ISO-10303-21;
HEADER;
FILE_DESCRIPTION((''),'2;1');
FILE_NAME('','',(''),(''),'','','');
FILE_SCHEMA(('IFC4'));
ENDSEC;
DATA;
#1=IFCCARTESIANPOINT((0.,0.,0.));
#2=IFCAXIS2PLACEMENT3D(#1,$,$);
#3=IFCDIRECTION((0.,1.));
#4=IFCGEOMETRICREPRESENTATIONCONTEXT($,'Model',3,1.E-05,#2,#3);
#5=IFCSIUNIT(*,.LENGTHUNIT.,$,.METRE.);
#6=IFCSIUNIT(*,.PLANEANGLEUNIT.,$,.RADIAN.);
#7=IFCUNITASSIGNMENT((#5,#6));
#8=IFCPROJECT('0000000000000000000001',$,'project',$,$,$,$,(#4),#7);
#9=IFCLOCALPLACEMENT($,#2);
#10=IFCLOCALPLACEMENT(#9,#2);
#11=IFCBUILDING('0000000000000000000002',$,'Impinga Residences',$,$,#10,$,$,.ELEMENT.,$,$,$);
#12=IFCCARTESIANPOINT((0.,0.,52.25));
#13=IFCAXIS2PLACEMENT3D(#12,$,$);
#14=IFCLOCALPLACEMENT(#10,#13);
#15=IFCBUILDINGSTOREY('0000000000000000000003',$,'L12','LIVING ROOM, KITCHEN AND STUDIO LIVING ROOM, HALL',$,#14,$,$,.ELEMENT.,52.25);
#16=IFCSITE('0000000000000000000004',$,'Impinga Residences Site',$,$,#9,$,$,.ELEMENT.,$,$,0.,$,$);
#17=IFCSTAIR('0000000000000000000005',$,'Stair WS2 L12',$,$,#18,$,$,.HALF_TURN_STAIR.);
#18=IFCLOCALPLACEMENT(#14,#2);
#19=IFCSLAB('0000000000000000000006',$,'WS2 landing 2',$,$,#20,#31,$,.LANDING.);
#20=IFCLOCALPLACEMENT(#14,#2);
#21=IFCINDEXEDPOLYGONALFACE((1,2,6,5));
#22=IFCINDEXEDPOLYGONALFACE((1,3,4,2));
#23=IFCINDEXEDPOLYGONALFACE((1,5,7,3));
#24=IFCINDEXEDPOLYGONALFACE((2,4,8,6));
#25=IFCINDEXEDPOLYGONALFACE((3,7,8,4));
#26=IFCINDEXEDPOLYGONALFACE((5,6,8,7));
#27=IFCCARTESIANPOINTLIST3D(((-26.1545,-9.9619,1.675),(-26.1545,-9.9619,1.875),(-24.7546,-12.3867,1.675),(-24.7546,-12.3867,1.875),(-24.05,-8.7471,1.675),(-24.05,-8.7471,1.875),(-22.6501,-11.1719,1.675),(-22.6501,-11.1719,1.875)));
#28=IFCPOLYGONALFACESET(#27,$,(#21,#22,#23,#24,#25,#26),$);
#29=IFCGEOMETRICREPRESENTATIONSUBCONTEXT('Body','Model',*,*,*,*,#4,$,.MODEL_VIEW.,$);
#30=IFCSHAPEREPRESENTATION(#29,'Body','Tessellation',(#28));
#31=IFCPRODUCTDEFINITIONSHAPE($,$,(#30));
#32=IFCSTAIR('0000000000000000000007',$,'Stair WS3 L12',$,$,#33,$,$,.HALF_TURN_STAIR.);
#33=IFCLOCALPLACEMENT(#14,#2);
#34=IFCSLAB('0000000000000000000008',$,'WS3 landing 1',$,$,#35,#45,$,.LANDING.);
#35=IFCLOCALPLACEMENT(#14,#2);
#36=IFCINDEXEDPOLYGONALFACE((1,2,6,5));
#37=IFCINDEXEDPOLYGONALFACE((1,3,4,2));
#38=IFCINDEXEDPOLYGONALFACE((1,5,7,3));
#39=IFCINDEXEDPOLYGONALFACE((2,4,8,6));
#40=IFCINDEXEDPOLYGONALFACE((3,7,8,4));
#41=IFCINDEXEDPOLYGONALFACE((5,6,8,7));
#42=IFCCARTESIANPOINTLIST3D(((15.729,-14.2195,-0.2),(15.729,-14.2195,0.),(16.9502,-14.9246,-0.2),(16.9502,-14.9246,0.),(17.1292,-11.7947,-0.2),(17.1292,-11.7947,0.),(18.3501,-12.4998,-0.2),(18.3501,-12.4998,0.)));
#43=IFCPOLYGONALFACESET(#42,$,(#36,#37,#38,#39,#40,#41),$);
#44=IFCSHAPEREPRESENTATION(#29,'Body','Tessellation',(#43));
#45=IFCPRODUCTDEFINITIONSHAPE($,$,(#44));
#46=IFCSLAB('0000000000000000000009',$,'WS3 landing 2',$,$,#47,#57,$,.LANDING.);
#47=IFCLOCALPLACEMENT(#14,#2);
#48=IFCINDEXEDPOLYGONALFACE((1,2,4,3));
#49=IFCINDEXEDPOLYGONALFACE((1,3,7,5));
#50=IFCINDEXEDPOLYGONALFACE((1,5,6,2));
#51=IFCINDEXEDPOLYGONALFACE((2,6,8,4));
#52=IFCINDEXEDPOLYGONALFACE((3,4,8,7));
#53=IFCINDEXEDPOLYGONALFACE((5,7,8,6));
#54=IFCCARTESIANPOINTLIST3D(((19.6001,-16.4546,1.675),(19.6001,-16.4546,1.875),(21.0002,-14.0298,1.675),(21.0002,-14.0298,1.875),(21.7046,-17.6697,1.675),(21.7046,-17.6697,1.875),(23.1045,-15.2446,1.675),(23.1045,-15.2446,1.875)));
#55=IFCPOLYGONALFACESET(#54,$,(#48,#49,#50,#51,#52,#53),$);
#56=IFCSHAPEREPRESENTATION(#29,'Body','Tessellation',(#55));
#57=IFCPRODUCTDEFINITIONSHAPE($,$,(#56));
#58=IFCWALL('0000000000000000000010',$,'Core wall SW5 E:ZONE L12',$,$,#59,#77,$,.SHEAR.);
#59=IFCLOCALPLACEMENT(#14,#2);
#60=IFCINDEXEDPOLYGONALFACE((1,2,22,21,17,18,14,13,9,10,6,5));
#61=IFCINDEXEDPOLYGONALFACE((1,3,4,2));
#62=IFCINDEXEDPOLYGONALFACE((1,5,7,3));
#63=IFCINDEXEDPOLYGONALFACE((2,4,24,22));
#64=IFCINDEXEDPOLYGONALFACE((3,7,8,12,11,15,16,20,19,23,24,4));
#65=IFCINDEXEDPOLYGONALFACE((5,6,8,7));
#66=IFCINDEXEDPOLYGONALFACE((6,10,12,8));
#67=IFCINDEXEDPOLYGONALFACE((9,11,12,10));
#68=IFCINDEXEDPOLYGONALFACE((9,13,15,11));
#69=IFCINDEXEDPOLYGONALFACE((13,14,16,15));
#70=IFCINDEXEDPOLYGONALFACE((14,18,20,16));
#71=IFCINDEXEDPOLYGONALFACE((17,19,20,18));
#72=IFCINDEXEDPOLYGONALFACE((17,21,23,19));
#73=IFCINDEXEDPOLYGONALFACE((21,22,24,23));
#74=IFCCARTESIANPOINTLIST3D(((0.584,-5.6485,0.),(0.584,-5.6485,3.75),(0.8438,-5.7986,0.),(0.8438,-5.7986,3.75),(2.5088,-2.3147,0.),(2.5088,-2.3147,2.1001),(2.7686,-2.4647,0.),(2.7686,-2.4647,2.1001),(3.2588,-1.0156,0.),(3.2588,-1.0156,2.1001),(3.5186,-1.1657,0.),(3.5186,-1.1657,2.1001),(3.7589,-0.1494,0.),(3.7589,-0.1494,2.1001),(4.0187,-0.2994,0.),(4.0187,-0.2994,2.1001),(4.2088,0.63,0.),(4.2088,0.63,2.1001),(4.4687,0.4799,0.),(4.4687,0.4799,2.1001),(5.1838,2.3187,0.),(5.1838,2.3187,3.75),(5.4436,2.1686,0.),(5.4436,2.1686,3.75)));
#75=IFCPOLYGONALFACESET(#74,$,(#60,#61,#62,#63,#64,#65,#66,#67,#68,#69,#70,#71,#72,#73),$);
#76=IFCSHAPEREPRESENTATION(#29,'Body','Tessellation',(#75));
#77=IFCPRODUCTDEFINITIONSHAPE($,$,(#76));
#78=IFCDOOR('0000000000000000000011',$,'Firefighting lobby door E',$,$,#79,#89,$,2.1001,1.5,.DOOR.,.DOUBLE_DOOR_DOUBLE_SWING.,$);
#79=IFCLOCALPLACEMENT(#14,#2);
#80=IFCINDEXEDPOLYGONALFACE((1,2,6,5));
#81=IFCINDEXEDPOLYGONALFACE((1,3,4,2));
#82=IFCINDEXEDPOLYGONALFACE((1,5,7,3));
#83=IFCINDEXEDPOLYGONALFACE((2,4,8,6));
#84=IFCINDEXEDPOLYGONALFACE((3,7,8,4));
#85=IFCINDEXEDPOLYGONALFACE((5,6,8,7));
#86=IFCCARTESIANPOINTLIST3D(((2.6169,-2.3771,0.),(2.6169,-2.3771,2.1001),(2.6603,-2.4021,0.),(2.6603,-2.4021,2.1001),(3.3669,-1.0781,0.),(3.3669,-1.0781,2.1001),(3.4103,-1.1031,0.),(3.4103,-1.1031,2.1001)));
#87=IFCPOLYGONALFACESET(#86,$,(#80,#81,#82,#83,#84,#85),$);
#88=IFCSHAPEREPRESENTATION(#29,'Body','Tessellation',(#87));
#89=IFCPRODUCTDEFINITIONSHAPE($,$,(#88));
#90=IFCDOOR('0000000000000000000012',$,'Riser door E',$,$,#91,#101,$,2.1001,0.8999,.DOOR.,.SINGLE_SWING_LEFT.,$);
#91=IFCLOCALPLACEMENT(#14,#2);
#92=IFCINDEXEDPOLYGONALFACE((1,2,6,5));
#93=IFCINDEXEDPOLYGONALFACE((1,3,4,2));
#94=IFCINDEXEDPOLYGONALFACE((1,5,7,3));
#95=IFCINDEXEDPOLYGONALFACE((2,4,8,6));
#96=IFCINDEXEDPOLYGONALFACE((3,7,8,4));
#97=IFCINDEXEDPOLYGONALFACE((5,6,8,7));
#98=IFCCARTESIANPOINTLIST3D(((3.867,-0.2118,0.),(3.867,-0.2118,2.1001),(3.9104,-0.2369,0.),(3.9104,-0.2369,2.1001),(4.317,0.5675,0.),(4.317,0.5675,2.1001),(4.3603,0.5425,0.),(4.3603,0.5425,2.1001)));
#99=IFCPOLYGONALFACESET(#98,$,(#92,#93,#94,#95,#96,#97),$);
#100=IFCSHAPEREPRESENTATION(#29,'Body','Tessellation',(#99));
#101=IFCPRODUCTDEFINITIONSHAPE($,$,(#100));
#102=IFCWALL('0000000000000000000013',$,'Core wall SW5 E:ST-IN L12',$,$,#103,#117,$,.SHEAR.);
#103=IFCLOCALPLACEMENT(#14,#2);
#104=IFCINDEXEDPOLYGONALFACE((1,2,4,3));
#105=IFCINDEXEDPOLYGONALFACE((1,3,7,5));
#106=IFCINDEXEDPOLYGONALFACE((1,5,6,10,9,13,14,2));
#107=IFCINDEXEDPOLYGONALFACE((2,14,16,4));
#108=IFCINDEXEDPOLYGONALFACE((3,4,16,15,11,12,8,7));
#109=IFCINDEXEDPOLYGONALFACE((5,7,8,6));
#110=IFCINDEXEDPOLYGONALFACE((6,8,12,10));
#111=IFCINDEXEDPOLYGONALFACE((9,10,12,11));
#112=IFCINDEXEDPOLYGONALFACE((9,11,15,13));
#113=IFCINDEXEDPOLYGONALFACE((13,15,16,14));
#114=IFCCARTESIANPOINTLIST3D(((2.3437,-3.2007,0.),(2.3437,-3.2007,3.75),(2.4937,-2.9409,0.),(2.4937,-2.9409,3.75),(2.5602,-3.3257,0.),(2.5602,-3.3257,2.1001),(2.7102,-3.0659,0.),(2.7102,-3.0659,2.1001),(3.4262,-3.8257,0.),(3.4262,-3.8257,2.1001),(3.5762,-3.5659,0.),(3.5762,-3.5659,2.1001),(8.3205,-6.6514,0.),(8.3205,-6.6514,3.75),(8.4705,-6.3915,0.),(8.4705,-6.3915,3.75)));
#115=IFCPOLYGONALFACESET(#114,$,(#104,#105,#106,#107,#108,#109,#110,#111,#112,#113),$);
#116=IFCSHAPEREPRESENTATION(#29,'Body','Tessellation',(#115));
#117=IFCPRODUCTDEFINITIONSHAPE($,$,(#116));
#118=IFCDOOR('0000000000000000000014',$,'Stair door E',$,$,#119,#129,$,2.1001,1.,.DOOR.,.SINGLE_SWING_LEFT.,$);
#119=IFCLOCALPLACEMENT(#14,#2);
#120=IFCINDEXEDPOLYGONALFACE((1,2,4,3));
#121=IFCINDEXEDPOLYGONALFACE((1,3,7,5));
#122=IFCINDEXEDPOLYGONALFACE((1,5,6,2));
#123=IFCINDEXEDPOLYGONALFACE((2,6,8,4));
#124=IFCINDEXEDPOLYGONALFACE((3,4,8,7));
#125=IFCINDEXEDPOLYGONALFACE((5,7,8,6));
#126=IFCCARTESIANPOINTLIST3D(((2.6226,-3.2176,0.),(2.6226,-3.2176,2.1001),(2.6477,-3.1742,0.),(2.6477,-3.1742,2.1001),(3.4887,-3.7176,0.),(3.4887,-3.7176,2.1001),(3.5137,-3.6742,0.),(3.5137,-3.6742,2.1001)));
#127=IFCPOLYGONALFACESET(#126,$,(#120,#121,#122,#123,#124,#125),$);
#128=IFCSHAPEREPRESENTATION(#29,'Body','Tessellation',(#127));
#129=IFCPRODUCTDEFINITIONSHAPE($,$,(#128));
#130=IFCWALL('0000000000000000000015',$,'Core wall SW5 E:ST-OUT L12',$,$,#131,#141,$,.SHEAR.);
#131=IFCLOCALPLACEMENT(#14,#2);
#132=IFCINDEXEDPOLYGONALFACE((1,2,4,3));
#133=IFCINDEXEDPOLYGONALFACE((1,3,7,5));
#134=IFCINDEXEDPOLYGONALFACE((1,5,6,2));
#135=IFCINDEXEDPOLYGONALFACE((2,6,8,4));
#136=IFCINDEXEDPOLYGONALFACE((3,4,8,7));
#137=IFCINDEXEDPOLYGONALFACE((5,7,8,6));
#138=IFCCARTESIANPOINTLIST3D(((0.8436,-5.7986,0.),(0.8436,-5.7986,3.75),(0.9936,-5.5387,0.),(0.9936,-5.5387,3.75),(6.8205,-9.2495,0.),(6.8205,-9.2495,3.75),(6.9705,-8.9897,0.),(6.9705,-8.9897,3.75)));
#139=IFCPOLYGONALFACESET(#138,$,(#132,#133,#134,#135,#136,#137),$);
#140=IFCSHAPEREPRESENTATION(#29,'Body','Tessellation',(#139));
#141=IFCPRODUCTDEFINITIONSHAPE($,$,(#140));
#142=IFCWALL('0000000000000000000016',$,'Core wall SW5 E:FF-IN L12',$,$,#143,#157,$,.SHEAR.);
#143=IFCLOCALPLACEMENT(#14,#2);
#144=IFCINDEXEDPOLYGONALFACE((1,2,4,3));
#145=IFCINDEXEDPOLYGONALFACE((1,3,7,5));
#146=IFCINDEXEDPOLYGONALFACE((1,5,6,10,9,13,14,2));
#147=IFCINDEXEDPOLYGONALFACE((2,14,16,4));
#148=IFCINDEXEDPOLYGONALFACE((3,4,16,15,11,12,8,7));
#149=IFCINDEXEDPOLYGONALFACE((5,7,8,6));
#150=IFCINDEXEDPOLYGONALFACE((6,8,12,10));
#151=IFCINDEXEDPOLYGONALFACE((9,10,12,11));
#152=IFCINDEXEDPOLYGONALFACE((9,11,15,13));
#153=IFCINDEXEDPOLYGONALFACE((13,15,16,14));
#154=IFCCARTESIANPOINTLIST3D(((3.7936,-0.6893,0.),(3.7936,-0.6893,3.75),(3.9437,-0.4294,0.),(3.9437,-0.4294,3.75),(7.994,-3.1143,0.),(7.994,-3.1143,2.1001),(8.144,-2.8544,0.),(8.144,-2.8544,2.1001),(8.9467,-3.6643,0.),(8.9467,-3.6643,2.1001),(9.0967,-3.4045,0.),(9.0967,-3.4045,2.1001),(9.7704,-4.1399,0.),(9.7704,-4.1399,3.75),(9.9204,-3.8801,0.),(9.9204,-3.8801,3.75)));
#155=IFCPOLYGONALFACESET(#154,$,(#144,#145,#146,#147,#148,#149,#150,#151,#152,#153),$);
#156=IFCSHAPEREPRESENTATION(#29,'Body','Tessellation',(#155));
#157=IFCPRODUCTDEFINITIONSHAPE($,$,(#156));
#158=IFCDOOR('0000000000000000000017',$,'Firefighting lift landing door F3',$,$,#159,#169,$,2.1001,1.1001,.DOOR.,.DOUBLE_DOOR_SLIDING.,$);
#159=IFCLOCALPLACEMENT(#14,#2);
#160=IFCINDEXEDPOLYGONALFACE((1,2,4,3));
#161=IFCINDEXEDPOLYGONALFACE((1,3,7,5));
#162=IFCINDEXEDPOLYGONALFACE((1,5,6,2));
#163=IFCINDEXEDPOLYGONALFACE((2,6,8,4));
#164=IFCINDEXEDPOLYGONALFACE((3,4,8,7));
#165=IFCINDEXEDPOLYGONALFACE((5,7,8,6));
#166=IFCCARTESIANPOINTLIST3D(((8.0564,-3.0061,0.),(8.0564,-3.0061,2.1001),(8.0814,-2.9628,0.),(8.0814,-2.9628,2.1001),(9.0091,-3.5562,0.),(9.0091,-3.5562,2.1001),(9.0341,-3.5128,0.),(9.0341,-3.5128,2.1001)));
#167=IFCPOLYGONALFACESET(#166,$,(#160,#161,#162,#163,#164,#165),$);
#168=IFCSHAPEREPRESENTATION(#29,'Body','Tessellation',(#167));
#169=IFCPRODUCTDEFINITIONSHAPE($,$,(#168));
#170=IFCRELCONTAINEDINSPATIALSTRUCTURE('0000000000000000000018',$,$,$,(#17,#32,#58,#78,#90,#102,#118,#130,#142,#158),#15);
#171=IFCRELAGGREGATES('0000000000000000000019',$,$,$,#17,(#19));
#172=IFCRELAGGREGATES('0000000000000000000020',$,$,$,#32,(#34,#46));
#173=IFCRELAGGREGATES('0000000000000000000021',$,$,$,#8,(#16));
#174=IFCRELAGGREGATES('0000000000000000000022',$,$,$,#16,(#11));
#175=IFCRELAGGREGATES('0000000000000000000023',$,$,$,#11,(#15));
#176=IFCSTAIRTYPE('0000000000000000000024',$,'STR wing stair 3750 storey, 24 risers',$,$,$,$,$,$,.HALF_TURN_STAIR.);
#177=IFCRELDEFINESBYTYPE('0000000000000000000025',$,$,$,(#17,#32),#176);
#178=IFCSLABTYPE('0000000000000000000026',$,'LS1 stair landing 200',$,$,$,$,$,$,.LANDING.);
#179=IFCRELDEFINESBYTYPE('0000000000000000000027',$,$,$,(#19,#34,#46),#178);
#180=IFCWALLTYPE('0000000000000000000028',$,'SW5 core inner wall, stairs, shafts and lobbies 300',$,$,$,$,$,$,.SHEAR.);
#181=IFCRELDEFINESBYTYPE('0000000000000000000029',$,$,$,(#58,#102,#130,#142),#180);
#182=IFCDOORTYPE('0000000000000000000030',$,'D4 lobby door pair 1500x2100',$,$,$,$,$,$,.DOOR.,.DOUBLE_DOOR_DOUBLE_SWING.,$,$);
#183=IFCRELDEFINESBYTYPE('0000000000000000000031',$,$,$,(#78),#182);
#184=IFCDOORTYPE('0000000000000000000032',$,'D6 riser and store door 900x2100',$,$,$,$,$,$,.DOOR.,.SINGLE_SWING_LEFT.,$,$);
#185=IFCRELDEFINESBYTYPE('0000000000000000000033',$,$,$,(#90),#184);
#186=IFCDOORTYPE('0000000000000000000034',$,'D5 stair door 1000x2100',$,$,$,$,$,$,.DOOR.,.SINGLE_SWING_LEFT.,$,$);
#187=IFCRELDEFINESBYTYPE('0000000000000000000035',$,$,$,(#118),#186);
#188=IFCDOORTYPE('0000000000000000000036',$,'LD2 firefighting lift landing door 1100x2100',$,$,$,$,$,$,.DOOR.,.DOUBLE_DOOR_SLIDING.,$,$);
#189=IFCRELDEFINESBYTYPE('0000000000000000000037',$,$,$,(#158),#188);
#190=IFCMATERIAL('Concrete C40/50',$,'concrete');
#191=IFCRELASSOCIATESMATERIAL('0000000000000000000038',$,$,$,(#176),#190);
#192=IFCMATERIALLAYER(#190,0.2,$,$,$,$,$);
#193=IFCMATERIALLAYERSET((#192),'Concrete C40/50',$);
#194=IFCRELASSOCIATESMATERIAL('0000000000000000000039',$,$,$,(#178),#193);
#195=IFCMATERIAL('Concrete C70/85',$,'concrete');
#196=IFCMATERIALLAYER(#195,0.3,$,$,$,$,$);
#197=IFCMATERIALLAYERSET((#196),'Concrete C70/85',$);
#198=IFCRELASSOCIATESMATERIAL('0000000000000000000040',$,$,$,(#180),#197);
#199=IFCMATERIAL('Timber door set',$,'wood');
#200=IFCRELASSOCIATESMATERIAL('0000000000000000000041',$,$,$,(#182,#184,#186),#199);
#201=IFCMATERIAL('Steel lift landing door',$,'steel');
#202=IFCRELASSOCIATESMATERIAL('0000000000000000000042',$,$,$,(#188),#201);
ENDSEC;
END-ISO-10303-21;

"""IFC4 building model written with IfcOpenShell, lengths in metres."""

from ifc_helpers import new_model, si_unit, direction, frame, frame_2d, origin, place, context, subcontext, project, spatial, polyline, rectangle, outline, extrude, material, layer, layer_set, type_object, element, fill, aggregate, save


model = new_model("IFC4")

# Units and contexts
model_context = context("Model", 3, precision=1e-05, world=origin(), true_north=direction((0.0, 1.0)))
body_context = subcontext(model_context, "Body", "Model", "MODEL_VIEW")
ifc_project = project(units=[si_unit("LENGTHUNIT", "METRE"), si_unit("PLANEANGLEUNIT", "RADIAN")], contexts=[model_context])

# Site, building, storey
site_placement = place(None, origin())
site = spatial("IfcSite", under=ifc_project, at=site_placement, Name="Impinga Residences Site", CompositionType="ELEMENT", RefElevation=0.0)
building_placement = place(site_placement, origin())
building = spatial("IfcBuilding", under=site, at=building_placement, Name="Impinga Residences", CompositionType="ELEMENT")
storey_placement = place(building_placement, frame((0.0, 0.0, 52.25)))
storey = spatial("IfcBuildingStorey", under=building, at=storey_placement, Name="L12", Description="LIVING ROOM, KITCHEN AND STUDIO LIVING ROOM, HALL", CompositionType="ELEMENT", Elevation=52.25)

# Stair, slab
ifc_material_1 = material(Name="Concrete C40/50", Category="concrete")
stair_type_1 = type_object("IfcStairType", Name="STR wing stair 3750 storey, 24 risers", PredefinedType="HALF_TURN_STAIR", material=ifc_material_1)
stair_1_placement = place(storey_placement, origin())
stair_1 = element("IfcStair", 1, at=stair_1_placement, inside=storey, type_object=stair_type_1, Name="Stair WS2 L12", PredefinedType="HALF_TURN_STAIR")
ifc_layer_1 = layer(ifc_material_1, 0.2)
ifc_layer_set_1 = layer_set([ifc_layer_1], Name="Concrete C40/50")
slab_type = type_object("IfcSlabType", Name="LS1 stair landing 200", PredefinedType="LANDING", material=ifc_layer_set_1)
slab_1_placement = place(storey_placement, frame((0.0, 0.0, 1.675)))
slab_1 = element("IfcSlab", 2, at=slab_1_placement, type_object=slab_type, Name="WS2 landing 2", PredefinedType="LANDING", context=body_context, shape_type="SweptSolid", body=[
    extrude(outline(polyline([(-22.6501, -11.1719), (-24.05, -8.7471), (-26.1545, -9.9619), (-24.7546, -12.3867), (-22.6501, -11.1719)])), origin(), (0.0, 0.0, 1.0), 0.2),
])
aggregate(stair_1, [slab_1])

# Stair, slabs
stair_2_placement = place(storey_placement, origin())
stair_2 = element("IfcStair", 3, at=stair_2_placement, inside=storey, type_object=stair_type_1, Name="Stair WS3 L12", PredefinedType="HALF_TURN_STAIR")
slab_2_placement = place(storey_placement, frame((0.0, 0.0, -0.2)))
slab_2 = element("IfcSlab", 4, at=slab_2_placement, type_object=slab_type, Name="WS3 landing 1", PredefinedType="LANDING", context=body_context, shape_type="SweptSolid", body=[
    extrude(outline(polyline([(17.1292, -11.7947), (15.729, -14.2195), (16.9502, -14.9246), (18.3501, -12.4998), (17.1292, -11.7947)])), origin(), (0.0, 0.0, 1.0), 0.2),
])
slab_3_placement = place(storey_placement, frame((0.0, 0.0, 1.675)))
slab_3 = element("IfcSlab", 5, at=slab_3_placement, type_object=slab_type, Name="WS3 landing 2", PredefinedType="LANDING", context=body_context, shape_type="SweptSolid", body=[
    extrude(outline(polyline([(21.0002, -14.0298), (19.6001, -16.4546), (21.7046, -17.6697), (23.1045, -15.2446), (21.0002, -14.0298)])), origin(), (0.0, 0.0, 1.0), 0.2),
])
aggregate(stair_2, [slab_2, slab_3])

# Wall, openings, doors
ifc_material_2 = material(Name="Concrete C70/85", Category="concrete")
ifc_layer_2 = layer(ifc_material_2, 0.3)
ifc_layer_set_2 = layer_set([ifc_layer_2], Name="Concrete C70/85")
wall_type = type_object("IfcWallType", Name="SW5 core inner wall, stairs, shafts and lobbies 300", PredefinedType="SHEAR", material=ifc_layer_set_2)
wall_1_placement = place(storey_placement, frame((5.3137, 2.2437, 0.0), z_axis=(0.0, 0.0, 1.0), x_axis=(-0.499995, -0.866028, 0.0)))
wall_1 = element("IfcWall", 6, at=wall_1_placement, inside=storey, type_object=wall_type, Name="Core wall SW5 E:ZONE L12", PredefinedType="SHEAR", context=body_context, shape_type="SweptSolid", body=[
    extrude(rectangle(XDim=9.1997, YDim=0.3, at=frame_2d((4.5999, 0.0))), origin(), (0.0, 0.0, 1.0), 3.75),
])
opening_1_placement = place(wall_1_placement, frame((3.8501, 0.0, 0.0)))
opening_1 = element("IfcOpeningElement", 7, at=opening_1_placement, cuts=wall_1, PredefinedType="OPENING", context=body_context, shape_type="SweptSolid", body=[
    extrude(rectangle(XDim=1.5, YDim=2.1001, at=frame_2d((0.75, 1.05))), frame((0.0, 0.1599, 0.0), z_axis=(0.0, -1.0, 0.0), x_axis=(1.0, 0.0, 0.0)), (0.0, 0.0, 1.0), 0.3201),
])
opening_2_placement = place(wall_1_placement, frame((1.95, 0.0, 0.0)))
opening_2 = element("IfcOpeningElement", 8, at=opening_2_placement, cuts=wall_1, PredefinedType="OPENING", context=body_context, shape_type="SweptSolid", body=[
    extrude(rectangle(XDim=0.8999, YDim=2.1001, at=frame_2d((0.45, 1.05))), frame((0.0, 0.1599, 0.0), z_axis=(0.0, -1.0, 0.0), x_axis=(1.0, 0.0, 0.0)), (0.0, 0.0, 1.0), 0.3201),
])
ifc_material_3 = material(Name="Timber door set", Category="wood")
door_type_1 = type_object("IfcDoorType", Name="D4 lobby door pair 1500x2100", OperationType="DOUBLE_DOOR_DOUBLE_SWING", PredefinedType="DOOR", material=ifc_material_3)
door_1_placement = place(opening_1_placement, origin())
door_1 = element("IfcDoor", 9, at=door_1_placement, inside=storey, type_object=door_type_1, Name="Firefighting lobby door E", OperationType="DOUBLE_DOOR_DOUBLE_SWING", OverallHeight=2.1001, OverallWidth=1.5, PredefinedType="DOOR", context=body_context, shape_type="SweptSolid", body=[
    extrude(rectangle(XDim=1.5, YDim=2.1001, at=frame_2d((0.75, 1.05))), frame((0.0, 0.0249, 0.0), z_axis=(0.0, -1.0, 0.0), x_axis=(1.0, 0.0, 0.0)), (0.0, 0.0, 1.0), 0.05),
])
fill(opening_1, door_1)
door_type_2 = type_object("IfcDoorType", Name="D6 riser and store door 900x2100", OperationType="SINGLE_SWING_LEFT", PredefinedType="DOOR", material=ifc_material_3)
door_2_placement = place(opening_2_placement, origin())
door_2 = element("IfcDoor", 10, at=door_2_placement, inside=storey, type_object=door_type_2, Name="Riser door E", OperationType="SINGLE_SWING_LEFT", OverallHeight=2.1001, OverallWidth=0.8999, PredefinedType="DOOR", context=body_context, shape_type="SweptSolid", body=[
    extrude(rectangle(XDim=0.8999, YDim=2.1001, at=frame_2d((0.45, 1.05))), frame((0.0, 0.0249, 0.0), z_axis=(0.0, -1.0, 0.0), x_axis=(1.0, 0.0, 0.0)), (0.0, 0.0, 1.0), 0.05),
])
fill(opening_2, door_2)

# Wall, opening, door
wall_2_placement = place(storey_placement, frame((2.4187, -3.0708, 0.0), z_axis=(0.0, 0.0, 1.0), x_axis=(0.866027, -0.499997, 0.0)))
wall_2 = element("IfcWall", 11, at=wall_2_placement, inside=storey, type_object=wall_type, Name="Core wall SW5 E:ST-IN L12", PredefinedType="SHEAR", context=body_context, shape_type="SweptSolid", body=[
    extrude(rectangle(XDim=6.9014, YDim=0.3, at=frame_2d((3.4507, 0.0))), origin(), (0.0, 0.0, 1.0), 3.75),
])
opening_3_placement = place(wall_2_placement, frame((0.25, 0.0, 0.0)))
opening_3 = element("IfcOpeningElement", 12, at=opening_3_placement, cuts=wall_2, PredefinedType="OPENING", context=body_context, shape_type="SweptSolid", body=[
    extrude(rectangle(XDim=1.0, YDim=2.1001, at=frame_2d((0.5, 1.05))), frame((0.0, 0.1599, 0.0), z_axis=(0.0, -1.0, 0.0), x_axis=(1.0, 0.0, 0.0)), (0.0, 0.0, 1.0), 0.3201),
])
door_type_3 = type_object("IfcDoorType", Name="D5 stair door 1000x2100", OperationType="SINGLE_SWING_LEFT", PredefinedType="DOOR", material=ifc_material_3)
door_3_placement = place(opening_3_placement, origin())
door_3 = element("IfcDoor", 13, at=door_3_placement, inside=storey, type_object=door_type_3, Name="Stair door E", OperationType="SINGLE_SWING_LEFT", OverallHeight=2.1001, OverallWidth=1.0, PredefinedType="DOOR", context=body_context, shape_type="SweptSolid", body=[
    extrude(rectangle(XDim=1.0, YDim=2.1001, at=frame_2d((0.5, 1.05))), frame((0.0, 0.0249, 0.0), z_axis=(0.0, -1.0, 0.0), x_axis=(1.0, 0.0, 0.0)), (0.0, 0.0, 1.0), 0.05),
])
fill(opening_3, door_3)

# Wall
wall_3_placement = place(storey_placement, frame((0.9187, -5.6687, 0.0), z_axis=(0.0, 0.0, 1.0), x_axis=(0.866012, -0.500024, 0.0)))
element("IfcWall", 14, at=wall_3_placement, inside=storey, type_object=wall_type, Name="Core wall SW5 E:ST-OUT L12", PredefinedType="SHEAR", context=body_context, shape_type="SweptSolid", body=[
    extrude(rectangle(XDim=6.9016, YDim=0.3, at=frame_2d((3.4507, 0.0))), origin(), (0.0, 0.0, 1.0), 3.75),
])

# Wall, opening, door
wall_4_placement = place(storey_placement, frame((3.8687, -0.5593, 0.0), z_axis=(0.0, 0.0, 1.0), x_axis=(0.866027, -0.499997, 0.0)))
wall_4 = element("IfcWall", 15, at=wall_4_placement, inside=storey, type_object=wall_type, Name="Core wall SW5 E:FF-IN L12", PredefinedType="SHEAR", context=body_context, shape_type="SweptSolid", body=[
    extrude(rectangle(XDim=6.9014, YDim=0.3, at=frame_2d((3.4507, 0.0))), origin(), (0.0, 0.0, 1.0), 3.75),
])
opening_4_placement = place(wall_4_placement, frame((4.8501, 0.0, 0.0)))
opening_4 = element("IfcOpeningElement", 16, at=opening_4_placement, cuts=wall_4, PredefinedType="OPENING", context=body_context, shape_type="SweptSolid", body=[
    extrude(rectangle(XDim=1.1001, YDim=2.1001, at=frame_2d((0.55, 1.05))), frame((0.0, 0.1599, 0.0), z_axis=(0.0, -1.0, 0.0), x_axis=(1.0, 0.0, 0.0)), (0.0, 0.0, 1.0), 0.3201),
])
ifc_material_4 = material(Name="Steel lift landing door", Category="steel")
door_type_4 = type_object("IfcDoorType", Name="LD2 firefighting lift landing door 1100x2100", OperationType="DOUBLE_DOOR_SLIDING", PredefinedType="DOOR", material=ifc_material_4)
door_4_placement = place(opening_4_placement, origin())
door_4 = element("IfcDoor", 17, at=door_4_placement, inside=storey, type_object=door_type_4, Name="Firefighting lift landing door F3", OperationType="DOUBLE_DOOR_SLIDING", OverallHeight=2.1001, OverallWidth=1.1001, PredefinedType="DOOR", context=body_context, shape_type="SweptSolid", body=[
    extrude(rectangle(XDim=1.1001, YDim=2.1001, at=frame_2d((0.55, 1.05))), frame((0.0, 0.0249, 0.0), z_axis=(0.0, -1.0, 0.0), x_axis=(1.0, 0.0, 0.0)), (0.0, 0.0, 1.0), 0.05),
])
fill(opening_4, door_4)

save(model, "model.ifc")
